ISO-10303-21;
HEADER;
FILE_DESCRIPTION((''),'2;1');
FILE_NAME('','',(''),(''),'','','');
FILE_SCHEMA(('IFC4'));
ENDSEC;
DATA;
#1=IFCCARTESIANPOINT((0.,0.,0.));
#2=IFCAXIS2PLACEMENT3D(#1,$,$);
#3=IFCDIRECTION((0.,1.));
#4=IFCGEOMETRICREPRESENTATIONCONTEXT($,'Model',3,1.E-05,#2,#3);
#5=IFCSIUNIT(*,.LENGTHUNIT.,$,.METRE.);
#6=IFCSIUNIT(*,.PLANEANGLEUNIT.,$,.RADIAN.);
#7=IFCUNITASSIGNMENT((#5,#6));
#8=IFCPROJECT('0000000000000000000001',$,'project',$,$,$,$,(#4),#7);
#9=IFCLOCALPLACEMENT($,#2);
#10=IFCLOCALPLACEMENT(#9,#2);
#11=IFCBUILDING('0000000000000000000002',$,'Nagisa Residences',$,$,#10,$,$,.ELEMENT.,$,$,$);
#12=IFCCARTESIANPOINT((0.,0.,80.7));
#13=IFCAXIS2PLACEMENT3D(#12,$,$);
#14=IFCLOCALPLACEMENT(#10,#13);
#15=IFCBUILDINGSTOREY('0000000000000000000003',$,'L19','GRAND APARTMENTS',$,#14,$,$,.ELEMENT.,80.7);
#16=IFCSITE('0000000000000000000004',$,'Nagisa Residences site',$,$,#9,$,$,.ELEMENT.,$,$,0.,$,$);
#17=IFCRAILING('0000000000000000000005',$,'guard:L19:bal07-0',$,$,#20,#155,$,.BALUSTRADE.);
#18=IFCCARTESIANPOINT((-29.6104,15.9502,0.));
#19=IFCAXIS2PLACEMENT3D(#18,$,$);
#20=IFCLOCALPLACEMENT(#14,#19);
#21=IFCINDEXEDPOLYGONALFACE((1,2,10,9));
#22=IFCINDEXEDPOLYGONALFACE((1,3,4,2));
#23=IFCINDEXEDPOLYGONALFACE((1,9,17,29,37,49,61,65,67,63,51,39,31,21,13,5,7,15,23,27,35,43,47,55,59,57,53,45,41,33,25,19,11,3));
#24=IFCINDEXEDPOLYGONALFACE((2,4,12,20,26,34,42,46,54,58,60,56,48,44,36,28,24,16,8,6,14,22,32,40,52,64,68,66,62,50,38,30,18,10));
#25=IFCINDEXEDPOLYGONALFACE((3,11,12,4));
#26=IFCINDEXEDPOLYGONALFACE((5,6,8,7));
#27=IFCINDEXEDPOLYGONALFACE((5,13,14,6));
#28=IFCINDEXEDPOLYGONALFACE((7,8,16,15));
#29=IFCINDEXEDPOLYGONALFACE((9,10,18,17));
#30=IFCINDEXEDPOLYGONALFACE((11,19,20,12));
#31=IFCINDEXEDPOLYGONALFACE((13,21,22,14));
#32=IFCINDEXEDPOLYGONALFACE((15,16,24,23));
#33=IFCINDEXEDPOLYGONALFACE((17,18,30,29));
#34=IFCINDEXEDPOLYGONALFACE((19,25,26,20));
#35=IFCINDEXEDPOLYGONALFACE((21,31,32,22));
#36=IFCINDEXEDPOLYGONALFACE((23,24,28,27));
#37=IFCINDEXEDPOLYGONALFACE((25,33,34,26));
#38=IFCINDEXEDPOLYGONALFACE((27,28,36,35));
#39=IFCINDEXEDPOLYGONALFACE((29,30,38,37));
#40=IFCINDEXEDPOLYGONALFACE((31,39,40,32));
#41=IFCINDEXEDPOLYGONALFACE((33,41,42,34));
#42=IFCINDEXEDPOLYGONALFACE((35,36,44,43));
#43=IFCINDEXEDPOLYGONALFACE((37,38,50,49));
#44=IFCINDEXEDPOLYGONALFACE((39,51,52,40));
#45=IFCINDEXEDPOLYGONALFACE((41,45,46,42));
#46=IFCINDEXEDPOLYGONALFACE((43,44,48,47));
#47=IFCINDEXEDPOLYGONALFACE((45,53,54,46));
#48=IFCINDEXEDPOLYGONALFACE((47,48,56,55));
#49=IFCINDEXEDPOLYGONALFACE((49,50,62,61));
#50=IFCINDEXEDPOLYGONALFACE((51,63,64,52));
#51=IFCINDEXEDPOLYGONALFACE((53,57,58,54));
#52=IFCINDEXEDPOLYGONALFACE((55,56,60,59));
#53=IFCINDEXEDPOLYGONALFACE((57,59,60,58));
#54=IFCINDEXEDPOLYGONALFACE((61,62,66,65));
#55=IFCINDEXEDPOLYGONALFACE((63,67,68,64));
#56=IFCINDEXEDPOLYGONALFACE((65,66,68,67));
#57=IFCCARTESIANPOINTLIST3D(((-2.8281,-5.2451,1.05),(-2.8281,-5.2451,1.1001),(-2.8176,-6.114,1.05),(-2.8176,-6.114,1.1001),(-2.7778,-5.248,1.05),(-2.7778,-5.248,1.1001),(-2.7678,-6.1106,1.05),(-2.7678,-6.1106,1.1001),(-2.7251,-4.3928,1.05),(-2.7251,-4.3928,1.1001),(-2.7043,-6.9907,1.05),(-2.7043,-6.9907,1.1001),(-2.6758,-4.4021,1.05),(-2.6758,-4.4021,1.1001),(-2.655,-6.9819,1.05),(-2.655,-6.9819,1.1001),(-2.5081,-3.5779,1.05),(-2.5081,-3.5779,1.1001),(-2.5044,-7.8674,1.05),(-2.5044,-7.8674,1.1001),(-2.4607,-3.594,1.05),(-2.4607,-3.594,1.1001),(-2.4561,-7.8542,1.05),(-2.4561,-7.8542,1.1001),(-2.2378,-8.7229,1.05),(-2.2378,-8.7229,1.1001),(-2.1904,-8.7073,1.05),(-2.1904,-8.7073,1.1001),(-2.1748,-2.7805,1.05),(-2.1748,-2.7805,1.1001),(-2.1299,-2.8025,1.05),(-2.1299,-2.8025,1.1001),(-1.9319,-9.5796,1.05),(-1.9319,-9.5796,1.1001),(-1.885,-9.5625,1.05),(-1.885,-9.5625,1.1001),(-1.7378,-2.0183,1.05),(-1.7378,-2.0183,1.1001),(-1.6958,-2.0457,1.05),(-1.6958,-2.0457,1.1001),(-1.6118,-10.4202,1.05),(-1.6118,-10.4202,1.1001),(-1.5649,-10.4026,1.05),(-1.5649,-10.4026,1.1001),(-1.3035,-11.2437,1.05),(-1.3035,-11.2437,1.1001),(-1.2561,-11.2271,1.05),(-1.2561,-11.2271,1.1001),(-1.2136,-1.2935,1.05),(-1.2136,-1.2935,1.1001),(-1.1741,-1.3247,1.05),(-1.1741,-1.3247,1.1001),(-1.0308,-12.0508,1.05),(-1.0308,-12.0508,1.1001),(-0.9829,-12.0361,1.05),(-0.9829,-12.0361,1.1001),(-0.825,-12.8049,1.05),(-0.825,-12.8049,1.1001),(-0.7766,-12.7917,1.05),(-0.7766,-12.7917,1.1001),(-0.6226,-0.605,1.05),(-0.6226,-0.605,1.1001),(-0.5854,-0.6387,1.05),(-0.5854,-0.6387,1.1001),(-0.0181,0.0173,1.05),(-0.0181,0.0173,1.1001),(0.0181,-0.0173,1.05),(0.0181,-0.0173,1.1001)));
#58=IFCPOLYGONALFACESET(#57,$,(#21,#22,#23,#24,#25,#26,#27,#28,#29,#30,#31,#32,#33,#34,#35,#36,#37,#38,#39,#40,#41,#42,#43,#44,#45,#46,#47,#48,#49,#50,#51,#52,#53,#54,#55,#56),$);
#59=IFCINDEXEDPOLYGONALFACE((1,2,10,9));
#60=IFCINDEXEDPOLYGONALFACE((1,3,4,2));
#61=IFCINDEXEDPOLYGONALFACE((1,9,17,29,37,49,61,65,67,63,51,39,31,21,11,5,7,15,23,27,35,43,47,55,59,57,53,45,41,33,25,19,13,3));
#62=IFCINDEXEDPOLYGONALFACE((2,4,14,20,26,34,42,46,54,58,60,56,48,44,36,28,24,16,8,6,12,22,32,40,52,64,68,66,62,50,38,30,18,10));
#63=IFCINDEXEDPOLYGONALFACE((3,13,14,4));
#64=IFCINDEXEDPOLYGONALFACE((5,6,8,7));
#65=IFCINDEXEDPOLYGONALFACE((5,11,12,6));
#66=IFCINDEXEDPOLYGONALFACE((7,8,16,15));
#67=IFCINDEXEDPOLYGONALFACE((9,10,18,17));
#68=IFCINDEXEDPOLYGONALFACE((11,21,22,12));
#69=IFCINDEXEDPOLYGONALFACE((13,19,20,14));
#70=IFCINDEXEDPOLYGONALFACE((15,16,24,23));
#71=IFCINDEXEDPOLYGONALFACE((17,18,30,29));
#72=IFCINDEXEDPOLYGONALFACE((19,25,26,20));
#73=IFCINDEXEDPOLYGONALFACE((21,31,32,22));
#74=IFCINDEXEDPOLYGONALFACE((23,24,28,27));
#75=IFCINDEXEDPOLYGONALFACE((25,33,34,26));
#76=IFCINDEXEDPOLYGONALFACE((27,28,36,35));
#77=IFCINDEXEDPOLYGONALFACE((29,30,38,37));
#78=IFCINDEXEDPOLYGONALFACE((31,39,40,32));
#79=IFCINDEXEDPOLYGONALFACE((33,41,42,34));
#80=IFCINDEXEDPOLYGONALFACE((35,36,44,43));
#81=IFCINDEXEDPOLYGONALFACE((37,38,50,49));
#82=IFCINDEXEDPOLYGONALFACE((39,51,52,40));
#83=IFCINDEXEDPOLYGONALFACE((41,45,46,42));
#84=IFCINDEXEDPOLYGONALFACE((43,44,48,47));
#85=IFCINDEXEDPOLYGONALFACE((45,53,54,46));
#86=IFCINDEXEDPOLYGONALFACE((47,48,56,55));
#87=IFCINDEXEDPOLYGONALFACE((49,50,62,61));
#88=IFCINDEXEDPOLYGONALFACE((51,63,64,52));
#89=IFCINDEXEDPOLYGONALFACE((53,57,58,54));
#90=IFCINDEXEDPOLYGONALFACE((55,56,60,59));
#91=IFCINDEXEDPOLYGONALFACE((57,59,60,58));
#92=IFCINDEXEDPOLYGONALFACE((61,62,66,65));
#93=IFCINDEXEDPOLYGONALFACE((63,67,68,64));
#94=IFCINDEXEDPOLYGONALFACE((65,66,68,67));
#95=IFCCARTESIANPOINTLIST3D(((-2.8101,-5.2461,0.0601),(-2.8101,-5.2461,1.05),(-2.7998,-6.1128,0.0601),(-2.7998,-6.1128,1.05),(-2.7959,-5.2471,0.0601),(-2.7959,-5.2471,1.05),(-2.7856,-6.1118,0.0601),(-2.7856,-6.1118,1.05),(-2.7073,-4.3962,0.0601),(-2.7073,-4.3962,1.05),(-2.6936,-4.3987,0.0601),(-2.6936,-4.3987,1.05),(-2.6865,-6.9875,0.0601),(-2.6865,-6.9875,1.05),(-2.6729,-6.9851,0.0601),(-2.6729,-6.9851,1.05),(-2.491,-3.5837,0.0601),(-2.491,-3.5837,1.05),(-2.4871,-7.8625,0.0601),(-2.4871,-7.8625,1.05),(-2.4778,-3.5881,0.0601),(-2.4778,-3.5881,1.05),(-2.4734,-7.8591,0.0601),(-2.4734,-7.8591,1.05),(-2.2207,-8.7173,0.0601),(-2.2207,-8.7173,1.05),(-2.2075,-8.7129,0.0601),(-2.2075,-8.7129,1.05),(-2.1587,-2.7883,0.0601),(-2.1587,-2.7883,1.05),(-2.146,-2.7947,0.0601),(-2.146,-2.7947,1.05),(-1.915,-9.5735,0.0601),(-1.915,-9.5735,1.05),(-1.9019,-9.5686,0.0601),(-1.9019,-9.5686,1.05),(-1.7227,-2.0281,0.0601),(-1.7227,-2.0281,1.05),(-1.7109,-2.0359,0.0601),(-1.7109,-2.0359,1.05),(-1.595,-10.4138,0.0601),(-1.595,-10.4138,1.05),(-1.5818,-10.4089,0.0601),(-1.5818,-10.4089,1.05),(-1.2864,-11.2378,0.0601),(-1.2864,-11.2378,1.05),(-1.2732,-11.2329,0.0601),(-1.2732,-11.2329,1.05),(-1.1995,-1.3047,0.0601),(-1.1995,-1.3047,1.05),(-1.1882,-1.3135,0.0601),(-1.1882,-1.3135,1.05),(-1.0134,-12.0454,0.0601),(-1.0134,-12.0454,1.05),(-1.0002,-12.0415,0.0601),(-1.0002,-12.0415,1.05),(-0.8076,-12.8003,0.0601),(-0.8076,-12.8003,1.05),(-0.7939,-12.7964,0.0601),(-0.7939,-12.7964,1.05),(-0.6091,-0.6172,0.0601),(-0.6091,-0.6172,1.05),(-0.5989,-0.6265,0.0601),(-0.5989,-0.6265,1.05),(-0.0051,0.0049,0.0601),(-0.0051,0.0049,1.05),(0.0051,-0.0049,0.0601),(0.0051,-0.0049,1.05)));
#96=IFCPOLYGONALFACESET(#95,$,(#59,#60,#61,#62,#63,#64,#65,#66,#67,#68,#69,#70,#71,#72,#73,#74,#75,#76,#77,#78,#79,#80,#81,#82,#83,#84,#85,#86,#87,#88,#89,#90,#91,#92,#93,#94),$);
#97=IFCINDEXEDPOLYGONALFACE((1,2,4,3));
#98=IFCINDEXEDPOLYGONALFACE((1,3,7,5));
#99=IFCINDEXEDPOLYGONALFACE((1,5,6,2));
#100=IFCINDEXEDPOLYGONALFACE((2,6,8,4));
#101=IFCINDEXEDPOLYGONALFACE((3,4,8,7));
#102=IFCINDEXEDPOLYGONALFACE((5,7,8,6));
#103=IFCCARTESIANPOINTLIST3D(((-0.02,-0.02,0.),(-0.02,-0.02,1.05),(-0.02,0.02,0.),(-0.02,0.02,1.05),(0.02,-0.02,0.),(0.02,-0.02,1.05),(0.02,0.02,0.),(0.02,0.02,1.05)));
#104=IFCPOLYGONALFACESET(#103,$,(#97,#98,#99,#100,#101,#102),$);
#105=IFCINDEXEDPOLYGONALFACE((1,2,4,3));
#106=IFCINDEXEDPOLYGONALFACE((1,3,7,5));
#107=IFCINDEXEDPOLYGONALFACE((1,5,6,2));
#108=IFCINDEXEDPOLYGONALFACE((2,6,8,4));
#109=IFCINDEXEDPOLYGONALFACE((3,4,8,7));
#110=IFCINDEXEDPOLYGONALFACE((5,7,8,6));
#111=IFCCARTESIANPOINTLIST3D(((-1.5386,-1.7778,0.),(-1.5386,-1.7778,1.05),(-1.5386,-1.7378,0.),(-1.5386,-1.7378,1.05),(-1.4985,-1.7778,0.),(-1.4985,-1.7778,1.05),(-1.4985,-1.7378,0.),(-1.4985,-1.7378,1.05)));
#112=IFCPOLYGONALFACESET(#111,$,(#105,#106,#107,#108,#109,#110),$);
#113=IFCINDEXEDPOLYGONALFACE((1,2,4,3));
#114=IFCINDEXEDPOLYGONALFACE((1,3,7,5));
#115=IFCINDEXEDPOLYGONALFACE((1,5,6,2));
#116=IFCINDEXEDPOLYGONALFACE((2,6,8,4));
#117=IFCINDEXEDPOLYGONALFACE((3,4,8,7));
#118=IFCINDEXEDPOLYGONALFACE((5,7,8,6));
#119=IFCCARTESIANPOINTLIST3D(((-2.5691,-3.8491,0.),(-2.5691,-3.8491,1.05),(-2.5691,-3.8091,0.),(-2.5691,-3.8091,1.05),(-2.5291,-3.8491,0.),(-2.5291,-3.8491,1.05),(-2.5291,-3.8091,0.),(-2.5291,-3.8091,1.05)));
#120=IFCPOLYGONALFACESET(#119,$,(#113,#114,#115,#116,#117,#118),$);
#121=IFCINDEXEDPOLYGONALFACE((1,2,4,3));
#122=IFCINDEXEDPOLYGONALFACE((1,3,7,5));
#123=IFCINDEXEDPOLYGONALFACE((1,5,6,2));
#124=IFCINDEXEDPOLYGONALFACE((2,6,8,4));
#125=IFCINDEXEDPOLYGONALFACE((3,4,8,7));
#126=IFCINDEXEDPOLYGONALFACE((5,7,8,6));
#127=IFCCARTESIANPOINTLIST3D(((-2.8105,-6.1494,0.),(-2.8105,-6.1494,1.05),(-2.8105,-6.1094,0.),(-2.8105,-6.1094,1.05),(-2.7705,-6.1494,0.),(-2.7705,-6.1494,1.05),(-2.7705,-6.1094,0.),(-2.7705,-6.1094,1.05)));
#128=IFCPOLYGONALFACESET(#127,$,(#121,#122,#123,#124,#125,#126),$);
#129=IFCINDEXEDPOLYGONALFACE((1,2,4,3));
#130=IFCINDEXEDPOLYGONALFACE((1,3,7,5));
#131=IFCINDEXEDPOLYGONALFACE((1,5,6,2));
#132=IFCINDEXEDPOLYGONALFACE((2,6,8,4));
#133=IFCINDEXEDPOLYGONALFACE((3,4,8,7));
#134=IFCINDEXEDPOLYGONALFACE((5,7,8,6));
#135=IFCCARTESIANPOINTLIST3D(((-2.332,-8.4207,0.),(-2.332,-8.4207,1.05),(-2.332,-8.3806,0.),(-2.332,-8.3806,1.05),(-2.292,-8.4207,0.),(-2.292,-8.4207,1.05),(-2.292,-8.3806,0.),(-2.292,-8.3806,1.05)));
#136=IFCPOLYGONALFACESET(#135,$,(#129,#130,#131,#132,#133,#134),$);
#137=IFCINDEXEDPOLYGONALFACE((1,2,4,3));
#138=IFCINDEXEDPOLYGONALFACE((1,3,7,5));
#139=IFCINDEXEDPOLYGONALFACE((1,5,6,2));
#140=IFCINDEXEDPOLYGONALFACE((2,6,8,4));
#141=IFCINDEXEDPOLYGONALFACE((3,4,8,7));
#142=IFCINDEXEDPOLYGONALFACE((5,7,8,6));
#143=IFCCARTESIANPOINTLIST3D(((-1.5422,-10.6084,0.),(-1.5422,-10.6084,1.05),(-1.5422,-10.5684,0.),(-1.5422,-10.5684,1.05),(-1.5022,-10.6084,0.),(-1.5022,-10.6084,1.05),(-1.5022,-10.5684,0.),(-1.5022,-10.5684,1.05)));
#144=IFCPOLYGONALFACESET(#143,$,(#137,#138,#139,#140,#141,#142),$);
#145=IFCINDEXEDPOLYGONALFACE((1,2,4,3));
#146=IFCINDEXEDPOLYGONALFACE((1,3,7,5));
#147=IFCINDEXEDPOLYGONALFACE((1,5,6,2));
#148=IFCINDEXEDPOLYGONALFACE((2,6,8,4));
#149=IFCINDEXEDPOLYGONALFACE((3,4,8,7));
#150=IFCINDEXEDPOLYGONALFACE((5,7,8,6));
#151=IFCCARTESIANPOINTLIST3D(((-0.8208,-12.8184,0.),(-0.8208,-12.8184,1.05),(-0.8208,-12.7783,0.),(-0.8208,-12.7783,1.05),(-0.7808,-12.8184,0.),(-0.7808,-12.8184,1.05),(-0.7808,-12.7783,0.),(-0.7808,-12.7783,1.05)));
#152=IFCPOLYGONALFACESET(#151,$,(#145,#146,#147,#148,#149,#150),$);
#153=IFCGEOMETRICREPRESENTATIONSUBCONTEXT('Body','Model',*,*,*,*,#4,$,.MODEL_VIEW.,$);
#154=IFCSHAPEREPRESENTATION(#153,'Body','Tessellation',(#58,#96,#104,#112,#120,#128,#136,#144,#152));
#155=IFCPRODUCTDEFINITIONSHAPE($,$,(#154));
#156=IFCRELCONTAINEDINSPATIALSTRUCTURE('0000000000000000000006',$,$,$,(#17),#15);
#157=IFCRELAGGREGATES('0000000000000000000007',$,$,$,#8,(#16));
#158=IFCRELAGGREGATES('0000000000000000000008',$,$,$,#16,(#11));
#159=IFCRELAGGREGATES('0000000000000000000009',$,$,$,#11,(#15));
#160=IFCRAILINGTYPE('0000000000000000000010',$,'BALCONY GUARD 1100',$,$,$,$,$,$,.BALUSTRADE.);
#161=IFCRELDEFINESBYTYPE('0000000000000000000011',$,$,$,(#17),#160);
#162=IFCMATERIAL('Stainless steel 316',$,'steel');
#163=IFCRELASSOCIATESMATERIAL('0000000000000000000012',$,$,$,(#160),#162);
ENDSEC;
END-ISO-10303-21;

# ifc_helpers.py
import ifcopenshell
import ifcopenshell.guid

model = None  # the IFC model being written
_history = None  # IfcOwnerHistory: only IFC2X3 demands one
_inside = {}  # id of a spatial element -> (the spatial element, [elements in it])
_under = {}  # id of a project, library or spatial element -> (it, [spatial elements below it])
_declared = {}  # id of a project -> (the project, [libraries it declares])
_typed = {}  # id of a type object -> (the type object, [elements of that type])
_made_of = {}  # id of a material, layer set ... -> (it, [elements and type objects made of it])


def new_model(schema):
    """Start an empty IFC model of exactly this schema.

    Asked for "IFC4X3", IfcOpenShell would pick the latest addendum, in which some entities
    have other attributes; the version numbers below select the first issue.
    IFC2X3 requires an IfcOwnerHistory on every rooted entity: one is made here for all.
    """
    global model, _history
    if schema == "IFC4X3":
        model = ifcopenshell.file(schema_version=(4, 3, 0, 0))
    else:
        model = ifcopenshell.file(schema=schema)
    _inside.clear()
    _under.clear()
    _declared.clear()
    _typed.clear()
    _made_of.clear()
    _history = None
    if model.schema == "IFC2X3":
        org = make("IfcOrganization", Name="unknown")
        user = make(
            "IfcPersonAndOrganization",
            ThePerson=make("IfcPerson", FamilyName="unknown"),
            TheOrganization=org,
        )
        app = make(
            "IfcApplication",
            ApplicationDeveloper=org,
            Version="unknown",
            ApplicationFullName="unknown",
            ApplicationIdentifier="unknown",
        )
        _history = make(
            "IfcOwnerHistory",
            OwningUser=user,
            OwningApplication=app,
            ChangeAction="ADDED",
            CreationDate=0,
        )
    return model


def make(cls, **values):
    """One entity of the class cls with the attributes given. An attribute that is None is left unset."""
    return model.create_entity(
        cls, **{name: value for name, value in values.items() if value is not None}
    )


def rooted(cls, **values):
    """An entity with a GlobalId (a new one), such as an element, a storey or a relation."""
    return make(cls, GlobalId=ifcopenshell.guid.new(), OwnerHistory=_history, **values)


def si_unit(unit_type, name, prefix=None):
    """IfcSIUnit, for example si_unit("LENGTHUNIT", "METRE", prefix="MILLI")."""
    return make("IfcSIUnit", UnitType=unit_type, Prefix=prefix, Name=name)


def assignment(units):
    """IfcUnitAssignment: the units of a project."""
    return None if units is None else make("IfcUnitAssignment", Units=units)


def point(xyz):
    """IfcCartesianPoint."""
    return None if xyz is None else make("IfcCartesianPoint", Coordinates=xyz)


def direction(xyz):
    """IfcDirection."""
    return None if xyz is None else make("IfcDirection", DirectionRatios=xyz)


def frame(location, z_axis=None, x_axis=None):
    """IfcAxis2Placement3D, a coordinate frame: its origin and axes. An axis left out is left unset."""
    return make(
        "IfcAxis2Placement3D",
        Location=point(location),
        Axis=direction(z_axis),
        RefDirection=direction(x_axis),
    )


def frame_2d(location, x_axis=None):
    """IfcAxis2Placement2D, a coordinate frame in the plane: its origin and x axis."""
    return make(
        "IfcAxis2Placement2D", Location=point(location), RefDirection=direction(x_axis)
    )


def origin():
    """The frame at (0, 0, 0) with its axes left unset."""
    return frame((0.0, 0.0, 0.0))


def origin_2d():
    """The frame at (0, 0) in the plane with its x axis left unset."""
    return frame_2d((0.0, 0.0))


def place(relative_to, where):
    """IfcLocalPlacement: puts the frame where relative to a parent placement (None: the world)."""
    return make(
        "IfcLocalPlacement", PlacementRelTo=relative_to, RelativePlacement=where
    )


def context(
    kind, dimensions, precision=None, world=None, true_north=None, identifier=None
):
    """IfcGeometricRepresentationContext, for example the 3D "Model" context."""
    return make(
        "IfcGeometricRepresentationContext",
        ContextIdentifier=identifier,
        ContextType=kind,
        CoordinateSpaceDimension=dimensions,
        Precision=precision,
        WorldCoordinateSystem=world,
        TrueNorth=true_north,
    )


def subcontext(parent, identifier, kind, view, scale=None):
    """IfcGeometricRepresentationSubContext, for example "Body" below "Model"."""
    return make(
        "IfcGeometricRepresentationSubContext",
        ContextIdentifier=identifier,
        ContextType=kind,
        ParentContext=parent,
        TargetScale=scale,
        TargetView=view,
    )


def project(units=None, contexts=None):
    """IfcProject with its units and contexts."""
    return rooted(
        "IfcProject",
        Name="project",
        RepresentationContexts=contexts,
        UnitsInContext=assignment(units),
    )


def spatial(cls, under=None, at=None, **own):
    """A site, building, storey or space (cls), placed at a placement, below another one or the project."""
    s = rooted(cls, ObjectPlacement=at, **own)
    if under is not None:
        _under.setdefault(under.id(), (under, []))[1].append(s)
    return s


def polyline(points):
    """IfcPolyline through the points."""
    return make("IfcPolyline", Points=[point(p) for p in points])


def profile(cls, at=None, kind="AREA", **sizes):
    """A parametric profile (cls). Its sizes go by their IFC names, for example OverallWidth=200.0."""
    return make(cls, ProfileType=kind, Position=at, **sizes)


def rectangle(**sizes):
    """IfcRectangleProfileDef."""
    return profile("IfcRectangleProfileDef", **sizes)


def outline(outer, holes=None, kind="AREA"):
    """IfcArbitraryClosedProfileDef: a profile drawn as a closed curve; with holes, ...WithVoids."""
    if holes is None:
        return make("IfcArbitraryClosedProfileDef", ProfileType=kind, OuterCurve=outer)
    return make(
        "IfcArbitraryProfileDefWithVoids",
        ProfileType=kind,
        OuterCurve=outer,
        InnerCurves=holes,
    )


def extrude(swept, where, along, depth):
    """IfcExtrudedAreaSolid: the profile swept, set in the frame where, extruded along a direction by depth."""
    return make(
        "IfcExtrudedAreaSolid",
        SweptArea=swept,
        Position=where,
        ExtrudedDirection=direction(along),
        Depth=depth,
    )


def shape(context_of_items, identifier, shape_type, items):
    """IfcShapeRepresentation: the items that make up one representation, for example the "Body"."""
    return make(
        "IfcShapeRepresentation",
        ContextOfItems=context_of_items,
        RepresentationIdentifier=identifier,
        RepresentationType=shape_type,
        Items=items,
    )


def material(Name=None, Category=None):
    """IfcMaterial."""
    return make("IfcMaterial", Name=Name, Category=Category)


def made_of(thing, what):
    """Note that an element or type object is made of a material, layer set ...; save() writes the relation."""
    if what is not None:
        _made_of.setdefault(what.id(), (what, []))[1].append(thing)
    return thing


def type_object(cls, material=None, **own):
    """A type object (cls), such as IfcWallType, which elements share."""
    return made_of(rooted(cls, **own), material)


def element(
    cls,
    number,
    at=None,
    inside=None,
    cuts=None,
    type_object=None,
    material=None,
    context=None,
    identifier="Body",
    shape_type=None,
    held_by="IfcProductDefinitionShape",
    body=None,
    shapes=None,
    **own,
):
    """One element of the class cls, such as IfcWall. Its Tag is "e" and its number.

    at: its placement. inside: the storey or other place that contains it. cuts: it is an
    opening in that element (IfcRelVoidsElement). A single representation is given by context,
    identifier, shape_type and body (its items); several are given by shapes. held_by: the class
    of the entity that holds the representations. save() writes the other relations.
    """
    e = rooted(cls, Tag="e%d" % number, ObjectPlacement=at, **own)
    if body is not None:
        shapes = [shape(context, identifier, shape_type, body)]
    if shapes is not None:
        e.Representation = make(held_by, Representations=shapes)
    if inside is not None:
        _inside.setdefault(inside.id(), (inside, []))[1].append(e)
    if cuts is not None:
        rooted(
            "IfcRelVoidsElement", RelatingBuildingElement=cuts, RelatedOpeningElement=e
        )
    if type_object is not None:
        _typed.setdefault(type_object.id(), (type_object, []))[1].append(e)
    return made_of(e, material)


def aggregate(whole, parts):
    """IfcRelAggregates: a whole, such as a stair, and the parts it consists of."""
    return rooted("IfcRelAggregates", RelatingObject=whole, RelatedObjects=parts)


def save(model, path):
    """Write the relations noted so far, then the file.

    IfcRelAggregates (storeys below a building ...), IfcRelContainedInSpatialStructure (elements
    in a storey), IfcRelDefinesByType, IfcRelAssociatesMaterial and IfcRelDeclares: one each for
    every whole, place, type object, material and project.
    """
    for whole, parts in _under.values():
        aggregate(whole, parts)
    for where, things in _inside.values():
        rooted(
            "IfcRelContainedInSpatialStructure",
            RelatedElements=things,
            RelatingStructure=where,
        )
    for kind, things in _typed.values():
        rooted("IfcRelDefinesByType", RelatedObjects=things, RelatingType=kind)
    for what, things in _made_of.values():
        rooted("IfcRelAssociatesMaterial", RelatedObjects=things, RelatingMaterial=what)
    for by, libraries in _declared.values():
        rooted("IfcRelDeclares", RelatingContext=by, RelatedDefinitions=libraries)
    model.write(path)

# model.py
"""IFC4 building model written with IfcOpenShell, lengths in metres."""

from ifc_helpers import new_model, si_unit, direction, frame, origin, origin_2d, place, context, subcontext, project, spatial, polyline, rectangle, outline, extrude, material, type_object, element, save


model = new_model("IFC4")

# Units and contexts
model_context = context("Model", 3, precision=1e-05, world=origin(), true_north=direction((0.0, 1.0)))
body_context = subcontext(model_context, "Body", "Model", "MODEL_VIEW")
ifc_project = project(units=[si_unit("LENGTHUNIT", "METRE"), si_unit("PLANEANGLEUNIT", "RADIAN")], contexts=[model_context])

# Site, building, storey
site_placement = place(None, origin())
site = spatial("IfcSite", under=ifc_project, at=site_placement, Name="Nagisa Residences site", CompositionType="ELEMENT", RefElevation=0.0)
building_placement = place(site_placement, origin())
building = spatial("IfcBuilding", under=site, at=building_placement, Name="Nagisa Residences", CompositionType="ELEMENT")
storey_placement = place(building_placement, frame((0.0, 0.0, 80.7)))
storey = spatial("IfcBuildingStorey", under=building, at=storey_placement, Name="L19", Description="GRAND APARTMENTS", CompositionType="ELEMENT", Elevation=80.7)

# Railing
ifc_material_1 = material(Name="Stainless steel 316", Category="steel")
railing_type = type_object("IfcRailingType", Name="BALCONY GUARD 1100", PredefinedType="BALUSTRADE", material=ifc_material_1)
railing_1_placement = place(storey_placement, frame((-29.6104, 15.9502, 0.0)))
element("IfcRailing", 1, at=railing_1_placement, inside=storey, type_object=railing_type, Name="guard:L19:bal07-0", PredefinedType="BALUSTRADE", context=body_context, shape_type="SweptSolid", body=[
    extrude(outline(polyline([(-0.5854, -0.6387), (0.0181, -0.0173), (-0.0181, 0.0173), (-0.6226, -0.605), (-1.2136, -1.2935), (-1.7378, -2.0183), (-2.1748, -2.7805), (-2.5081, -3.5779), (-2.7251, -4.3928), (-2.8281, -5.2451), (-2.8176, -6.114), (-2.7043, -6.9907), (-2.5044, -7.8674), (-2.2378, -8.7229), (-1.9319, -9.5796), (-1.6118, -10.4202), (-1.3035, -11.2437), (-1.0308, -12.0508), (-0.825, -12.8049), (-0.7766, -12.7917), (-0.9829, -12.0361), (-1.2561, -11.2271), (-1.5649, -10.4026), (-1.885, -9.5625), (-2.1904, -8.7073), (-2.4561, -7.8542), (-2.655, -6.9819), (-2.7678, -6.1106), (-2.7778, -5.248), (-2.6758, -4.4021), (-2.4607, -3.594), (-2.1299, -2.8025), (-1.6958, -2.0457), (-1.1741, -1.3247), (-0.5854, -0.6387)])), frame((0.0, 0.0, 1.05)), (0.0, 0.0, 1.0), 0.05),
    extrude(outline(polyline([(-0.5989, -0.6265), (0.0051, -0.0049), (-0.0051, 0.0049), (-0.6091, -0.6172), (-1.1995, -1.3047), (-1.7227, -2.0281), (-2.1587, -2.7883), (-2.491, -3.5837), (-2.7073, -4.3962), (-2.8101, -5.2461), (-2.7998, -6.1128), (-2.6865, -6.9875), (-2.4871, -7.8625), (-2.2207, -8.7173), (-1.915, -9.5735), (-1.595, -10.4138), (-1.2864, -11.2378), (-1.0134, -12.0454), (-0.8076, -12.8003), (-0.7939, -12.7964), (-1.0002, -12.0415), (-1.2732, -11.2329), (-1.5818, -10.4089), (-1.9019, -9.5686), (-2.2075, -8.7129), (-2.4734, -7.8591), (-2.6729, -6.9851), (-2.7856, -6.1118), (-2.7959, -5.2471), (-2.6936, -4.3987), (-2.4778, -3.5881), (-2.146, -2.7947), (-1.7109, -2.0359), (-1.1882, -1.3135), (-0.5989, -0.6265)])), frame((0.0, 0.0, 0.0601)), (0.0, 0.0, 1.0), 0.99),
    extrude(rectangle(XDim=0.04, YDim=0.04, at=origin_2d()), origin(), (0.0, 0.0, 1.0), 1.05),
    extrude(rectangle(XDim=0.04, YDim=0.04, at=origin_2d()), frame((-1.5186, -1.7578, 0.0)), (0.0, 0.0, 1.0), 1.05),
    extrude(rectangle(XDim=0.04, YDim=0.04, at=origin_2d()), frame((-2.5491, -3.8291, 0.0)), (0.0, 0.0, 1.0), 1.05),
    extrude(rectangle(XDim=0.04, YDim=0.04, at=origin_2d()), frame((-2.7905, -6.1294, 0.0)), (0.0, 0.0, 1.0), 1.05),
    extrude(rectangle(XDim=0.04, YDim=0.04, at=origin_2d()), frame((-2.312, -8.4006, 0.0)), (0.0, 0.0, 1.0), 1.05),
    extrude(rectangle(XDim=0.04, YDim=0.04, at=origin_2d()), frame((-1.5222, -10.5884, 0.0)), (0.0, 0.0, 1.0), 1.05),
    extrude(rectangle(XDim=0.04, YDim=0.04, at=origin_2d()), frame((-0.8008, -12.7983, 0.0)), (0.0, 0.0, 1.0), 1.05),
])

save(model, "model.ifc")
